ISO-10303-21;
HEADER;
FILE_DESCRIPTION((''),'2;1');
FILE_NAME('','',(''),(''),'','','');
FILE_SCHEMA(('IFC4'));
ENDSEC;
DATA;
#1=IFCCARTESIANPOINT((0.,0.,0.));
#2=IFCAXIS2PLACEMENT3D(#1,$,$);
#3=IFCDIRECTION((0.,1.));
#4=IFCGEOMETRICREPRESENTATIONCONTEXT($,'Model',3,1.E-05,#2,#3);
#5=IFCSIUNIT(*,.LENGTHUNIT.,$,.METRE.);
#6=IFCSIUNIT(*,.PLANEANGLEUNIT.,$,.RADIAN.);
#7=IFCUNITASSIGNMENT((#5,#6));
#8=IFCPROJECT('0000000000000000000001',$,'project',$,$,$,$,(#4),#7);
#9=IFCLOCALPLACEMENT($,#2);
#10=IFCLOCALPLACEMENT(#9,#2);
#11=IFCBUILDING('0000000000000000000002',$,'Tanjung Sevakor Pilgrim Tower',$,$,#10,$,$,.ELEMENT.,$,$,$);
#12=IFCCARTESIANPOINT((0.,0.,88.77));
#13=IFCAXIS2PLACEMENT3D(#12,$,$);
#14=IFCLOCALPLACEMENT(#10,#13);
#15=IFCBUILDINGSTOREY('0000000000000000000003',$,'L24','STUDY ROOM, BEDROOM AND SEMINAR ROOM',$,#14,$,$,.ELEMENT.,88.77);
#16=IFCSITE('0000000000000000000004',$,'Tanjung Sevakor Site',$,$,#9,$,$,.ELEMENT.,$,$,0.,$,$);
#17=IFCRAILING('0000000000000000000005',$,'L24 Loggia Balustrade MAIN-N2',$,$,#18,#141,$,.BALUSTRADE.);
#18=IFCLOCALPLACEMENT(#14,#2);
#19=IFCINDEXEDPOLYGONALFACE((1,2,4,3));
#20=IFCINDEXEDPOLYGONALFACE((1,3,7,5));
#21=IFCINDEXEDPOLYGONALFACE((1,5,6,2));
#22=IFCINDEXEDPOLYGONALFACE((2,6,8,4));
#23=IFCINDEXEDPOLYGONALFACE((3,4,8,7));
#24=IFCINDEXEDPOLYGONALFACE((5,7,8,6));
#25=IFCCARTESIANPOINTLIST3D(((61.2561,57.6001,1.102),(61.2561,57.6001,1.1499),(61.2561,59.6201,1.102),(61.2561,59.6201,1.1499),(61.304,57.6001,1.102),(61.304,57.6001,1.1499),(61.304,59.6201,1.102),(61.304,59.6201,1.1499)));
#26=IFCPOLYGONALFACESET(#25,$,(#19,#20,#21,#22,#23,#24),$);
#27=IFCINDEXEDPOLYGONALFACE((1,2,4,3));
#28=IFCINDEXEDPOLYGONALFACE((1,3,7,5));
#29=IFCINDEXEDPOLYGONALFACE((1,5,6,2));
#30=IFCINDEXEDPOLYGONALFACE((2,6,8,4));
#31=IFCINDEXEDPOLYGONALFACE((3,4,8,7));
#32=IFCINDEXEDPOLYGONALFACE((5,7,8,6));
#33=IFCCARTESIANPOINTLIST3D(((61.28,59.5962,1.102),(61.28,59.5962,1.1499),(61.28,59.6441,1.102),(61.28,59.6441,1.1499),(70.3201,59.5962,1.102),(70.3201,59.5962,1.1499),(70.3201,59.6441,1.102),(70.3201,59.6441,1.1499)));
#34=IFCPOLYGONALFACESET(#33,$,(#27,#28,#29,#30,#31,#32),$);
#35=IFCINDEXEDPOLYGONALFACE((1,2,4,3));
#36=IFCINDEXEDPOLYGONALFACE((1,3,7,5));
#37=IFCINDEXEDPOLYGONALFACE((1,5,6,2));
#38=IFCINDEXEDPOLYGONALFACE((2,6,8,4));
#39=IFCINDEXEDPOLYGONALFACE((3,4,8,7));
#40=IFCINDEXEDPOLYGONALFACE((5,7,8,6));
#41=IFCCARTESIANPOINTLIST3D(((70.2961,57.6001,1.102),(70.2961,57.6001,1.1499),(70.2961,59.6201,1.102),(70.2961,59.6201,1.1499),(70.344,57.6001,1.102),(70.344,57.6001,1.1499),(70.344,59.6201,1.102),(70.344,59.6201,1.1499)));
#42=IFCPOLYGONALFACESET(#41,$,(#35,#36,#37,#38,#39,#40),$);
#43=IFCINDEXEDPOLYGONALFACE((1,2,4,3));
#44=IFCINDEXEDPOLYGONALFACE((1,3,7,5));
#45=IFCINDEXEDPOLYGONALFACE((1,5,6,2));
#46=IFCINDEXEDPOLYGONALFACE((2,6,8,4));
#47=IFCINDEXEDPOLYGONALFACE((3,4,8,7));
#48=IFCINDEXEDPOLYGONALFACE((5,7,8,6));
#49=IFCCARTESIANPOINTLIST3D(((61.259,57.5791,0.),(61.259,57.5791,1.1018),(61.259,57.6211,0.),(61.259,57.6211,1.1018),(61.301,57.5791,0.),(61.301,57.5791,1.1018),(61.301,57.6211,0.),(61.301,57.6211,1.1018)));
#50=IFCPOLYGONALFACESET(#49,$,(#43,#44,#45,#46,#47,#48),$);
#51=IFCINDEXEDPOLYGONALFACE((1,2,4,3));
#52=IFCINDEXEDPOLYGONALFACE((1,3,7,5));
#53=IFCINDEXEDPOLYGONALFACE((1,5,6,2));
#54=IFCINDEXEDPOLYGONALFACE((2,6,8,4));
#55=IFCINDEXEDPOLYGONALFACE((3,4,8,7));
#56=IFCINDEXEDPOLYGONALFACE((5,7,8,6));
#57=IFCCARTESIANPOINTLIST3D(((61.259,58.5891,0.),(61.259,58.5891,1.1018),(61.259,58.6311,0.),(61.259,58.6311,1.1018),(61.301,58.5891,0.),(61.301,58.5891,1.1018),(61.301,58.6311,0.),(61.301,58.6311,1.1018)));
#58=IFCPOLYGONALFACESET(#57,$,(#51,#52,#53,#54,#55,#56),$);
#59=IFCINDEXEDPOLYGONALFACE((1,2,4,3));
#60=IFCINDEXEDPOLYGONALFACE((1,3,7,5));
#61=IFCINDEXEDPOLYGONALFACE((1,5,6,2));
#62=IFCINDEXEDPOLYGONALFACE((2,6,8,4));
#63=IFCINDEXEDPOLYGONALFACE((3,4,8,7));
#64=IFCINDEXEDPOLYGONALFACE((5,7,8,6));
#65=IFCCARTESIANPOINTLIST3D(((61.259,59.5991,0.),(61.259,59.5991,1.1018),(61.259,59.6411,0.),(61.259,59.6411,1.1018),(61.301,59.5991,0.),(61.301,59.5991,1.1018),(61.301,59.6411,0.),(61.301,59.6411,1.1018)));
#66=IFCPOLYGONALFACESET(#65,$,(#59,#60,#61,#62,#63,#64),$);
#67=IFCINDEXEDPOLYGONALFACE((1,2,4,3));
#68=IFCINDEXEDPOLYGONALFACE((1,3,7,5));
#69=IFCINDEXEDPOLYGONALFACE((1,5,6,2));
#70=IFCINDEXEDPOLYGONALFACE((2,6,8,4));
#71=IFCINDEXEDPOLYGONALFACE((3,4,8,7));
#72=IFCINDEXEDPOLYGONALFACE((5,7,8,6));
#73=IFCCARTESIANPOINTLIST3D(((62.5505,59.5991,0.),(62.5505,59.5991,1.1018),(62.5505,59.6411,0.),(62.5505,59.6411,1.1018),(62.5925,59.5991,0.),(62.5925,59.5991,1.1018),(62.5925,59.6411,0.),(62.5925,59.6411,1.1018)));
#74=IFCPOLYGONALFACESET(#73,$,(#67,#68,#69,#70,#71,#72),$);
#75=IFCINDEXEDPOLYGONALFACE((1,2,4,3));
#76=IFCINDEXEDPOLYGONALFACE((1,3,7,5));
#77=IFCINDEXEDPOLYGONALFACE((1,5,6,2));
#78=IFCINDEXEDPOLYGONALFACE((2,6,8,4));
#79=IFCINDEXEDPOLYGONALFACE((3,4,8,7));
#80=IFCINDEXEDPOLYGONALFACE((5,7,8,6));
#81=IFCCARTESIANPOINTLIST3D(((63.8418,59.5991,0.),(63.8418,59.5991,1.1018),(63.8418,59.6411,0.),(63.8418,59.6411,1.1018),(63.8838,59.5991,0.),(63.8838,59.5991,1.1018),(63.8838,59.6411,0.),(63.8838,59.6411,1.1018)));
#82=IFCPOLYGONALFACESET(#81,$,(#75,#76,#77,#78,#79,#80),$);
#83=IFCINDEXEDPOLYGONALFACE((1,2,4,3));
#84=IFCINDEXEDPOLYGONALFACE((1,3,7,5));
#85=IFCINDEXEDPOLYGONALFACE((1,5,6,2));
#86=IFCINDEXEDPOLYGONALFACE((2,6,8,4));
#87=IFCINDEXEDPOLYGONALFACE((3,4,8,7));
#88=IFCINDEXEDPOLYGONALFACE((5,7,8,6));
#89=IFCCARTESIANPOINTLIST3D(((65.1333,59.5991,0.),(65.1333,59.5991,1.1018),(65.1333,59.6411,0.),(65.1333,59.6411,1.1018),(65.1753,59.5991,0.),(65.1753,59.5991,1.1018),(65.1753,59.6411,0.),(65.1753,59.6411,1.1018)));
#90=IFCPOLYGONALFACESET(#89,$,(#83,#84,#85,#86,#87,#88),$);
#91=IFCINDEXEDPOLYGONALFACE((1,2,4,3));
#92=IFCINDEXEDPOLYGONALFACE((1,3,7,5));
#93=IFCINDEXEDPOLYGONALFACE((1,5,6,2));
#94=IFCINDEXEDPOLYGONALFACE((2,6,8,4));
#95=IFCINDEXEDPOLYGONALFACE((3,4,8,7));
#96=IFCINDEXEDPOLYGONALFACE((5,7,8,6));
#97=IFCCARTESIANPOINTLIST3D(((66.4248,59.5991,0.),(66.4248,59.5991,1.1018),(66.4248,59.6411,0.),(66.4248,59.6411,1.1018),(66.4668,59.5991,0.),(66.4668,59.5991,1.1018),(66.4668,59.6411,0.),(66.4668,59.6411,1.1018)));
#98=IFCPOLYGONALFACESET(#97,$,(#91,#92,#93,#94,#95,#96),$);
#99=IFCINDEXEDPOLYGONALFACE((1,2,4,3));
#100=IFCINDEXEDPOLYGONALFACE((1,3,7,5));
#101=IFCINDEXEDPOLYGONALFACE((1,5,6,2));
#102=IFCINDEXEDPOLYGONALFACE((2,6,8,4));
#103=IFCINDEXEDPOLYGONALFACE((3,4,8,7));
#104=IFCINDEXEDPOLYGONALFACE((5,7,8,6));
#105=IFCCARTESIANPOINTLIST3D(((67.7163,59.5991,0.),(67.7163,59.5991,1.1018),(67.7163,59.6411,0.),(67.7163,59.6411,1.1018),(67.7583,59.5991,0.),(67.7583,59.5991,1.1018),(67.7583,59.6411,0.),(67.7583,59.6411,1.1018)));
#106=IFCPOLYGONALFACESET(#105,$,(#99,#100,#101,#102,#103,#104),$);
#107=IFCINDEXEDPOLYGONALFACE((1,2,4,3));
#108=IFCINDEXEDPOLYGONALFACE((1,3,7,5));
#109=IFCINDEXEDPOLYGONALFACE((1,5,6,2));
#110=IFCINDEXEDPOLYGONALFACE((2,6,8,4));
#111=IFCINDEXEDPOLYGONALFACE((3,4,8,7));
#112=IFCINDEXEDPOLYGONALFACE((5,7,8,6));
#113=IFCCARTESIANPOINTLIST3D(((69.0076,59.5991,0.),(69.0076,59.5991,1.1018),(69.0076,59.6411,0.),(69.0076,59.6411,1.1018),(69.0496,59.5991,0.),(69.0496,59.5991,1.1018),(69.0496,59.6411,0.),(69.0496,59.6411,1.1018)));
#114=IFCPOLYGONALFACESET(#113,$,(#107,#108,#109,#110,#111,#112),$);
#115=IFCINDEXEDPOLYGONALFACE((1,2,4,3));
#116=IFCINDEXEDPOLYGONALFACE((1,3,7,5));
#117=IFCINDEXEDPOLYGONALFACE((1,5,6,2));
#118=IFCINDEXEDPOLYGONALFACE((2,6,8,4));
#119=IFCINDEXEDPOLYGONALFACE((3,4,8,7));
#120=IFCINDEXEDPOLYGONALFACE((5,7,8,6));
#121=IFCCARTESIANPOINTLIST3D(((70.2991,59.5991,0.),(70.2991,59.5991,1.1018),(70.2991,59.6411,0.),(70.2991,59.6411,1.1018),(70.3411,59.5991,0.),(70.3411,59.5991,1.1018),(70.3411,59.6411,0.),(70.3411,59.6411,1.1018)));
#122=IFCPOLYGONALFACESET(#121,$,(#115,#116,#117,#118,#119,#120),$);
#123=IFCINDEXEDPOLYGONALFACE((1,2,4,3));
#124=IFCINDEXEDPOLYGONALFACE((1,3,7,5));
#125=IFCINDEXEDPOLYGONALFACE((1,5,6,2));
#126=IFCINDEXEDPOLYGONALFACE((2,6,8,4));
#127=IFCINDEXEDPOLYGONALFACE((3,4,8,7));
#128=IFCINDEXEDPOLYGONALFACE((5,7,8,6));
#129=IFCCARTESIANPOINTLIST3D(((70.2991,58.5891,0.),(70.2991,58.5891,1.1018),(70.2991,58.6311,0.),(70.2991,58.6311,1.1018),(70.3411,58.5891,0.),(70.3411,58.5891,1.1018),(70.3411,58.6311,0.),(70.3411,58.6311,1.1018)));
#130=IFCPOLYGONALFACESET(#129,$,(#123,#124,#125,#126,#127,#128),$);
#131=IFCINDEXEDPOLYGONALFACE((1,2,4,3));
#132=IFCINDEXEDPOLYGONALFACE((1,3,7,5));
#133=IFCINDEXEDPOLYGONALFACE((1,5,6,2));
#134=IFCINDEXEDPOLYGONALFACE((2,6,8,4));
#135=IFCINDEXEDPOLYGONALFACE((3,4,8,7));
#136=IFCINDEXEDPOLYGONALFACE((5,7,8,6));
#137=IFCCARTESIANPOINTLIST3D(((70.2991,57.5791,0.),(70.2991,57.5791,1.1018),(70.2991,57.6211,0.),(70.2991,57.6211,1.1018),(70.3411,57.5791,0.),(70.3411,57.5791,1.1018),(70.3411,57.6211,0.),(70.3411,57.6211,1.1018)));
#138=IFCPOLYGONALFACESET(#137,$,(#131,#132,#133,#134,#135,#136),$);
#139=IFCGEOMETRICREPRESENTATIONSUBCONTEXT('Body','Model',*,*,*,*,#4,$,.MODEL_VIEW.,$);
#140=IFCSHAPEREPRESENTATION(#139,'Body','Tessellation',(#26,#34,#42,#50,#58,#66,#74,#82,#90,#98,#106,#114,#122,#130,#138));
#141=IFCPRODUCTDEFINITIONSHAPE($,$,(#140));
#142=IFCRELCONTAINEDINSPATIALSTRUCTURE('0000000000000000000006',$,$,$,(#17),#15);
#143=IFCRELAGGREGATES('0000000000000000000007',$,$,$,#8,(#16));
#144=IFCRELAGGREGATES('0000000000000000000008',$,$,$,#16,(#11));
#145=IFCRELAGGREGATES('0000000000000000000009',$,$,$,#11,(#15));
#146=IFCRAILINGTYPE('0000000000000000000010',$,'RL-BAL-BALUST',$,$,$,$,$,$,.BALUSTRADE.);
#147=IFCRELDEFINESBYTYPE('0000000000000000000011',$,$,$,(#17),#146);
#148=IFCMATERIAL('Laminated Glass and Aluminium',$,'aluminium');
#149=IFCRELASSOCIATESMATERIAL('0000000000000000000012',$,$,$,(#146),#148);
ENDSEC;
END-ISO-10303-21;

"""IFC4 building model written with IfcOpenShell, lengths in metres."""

from ifc_helpers import new_model, si_unit, direction, frame, origin, place, context, subcontext, project, spatial, rectangle, extrude, material, type_object, element, save


model = new_model("IFC4")

# Units and contexts
model_context = context("Model", 3, precision=1e-05, world=origin(), true_north=direction((0.0, 1.0)))
body_context = subcontext(model_context, "Body", "Model", "MODEL_VIEW")
ifc_project = project(units=[si_unit("LENGTHUNIT", "METRE"), si_unit("PLANEANGLEUNIT", "RADIAN")], contexts=[model_context])

# Site, building, storey
site_placement = place(None, origin())
site = spatial("IfcSite", under=ifc_project, at=site_placement, Name="Tanjung Sevakor Site", CompositionType="ELEMENT", RefElevation=0.0)
building_placement = place(site_placement, origin())
building = spatial("IfcBuilding", under=site, at=building_placement, Name="Tanjung Sevakor Pilgrim Tower", CompositionType="ELEMENT")
storey_placement = place(building_placement, frame((0.0, 0.0, 88.77)))
storey = spatial("IfcBuildingStorey", under=building, at=storey_placement, Name="L24", Description="STUDY ROOM, BEDROOM AND SEMINAR ROOM", CompositionType="ELEMENT", Elevation=88.77)

# Railing
ifc_material_1 = material(Name="Laminated Glass and Aluminium", Category="aluminium")
railing_type = type_object("IfcRailingType", Name="RL-BAL-BALUST", PredefinedType="BALUSTRADE", material=ifc_material_1)
railing_placement = place(storey_placement, frame((61.28, 57.6001, 0.0)))
element("IfcRailing", 1, at=railing_placement, inside=storey, type_object=railing_type, Name="L24 Loggia Balustrade MAIN-N2", PredefinedType="BALUSTRADE", context=body_context, shape_type="SweptSolid", body=[
    extrude(rectangle(XDim=0.0479, YDim=0.0479), frame((0.0, 0.0, 1.126), z_axis=(0.0, 1.0, 0.0), x_axis=(-1.0, 0.0, 0.0)), (0.0, 0.0, 1.0), 2.02),
    extrude(rectangle(XDim=0.0479, YDim=0.0479), frame((0.0, 2.02, 1.126), z_axis=(1.0, 0.0, 0.0), x_axis=(0.0, 1.0, 0.0)), (0.0, 0.0, 1.0), 9.04),
    extrude(rectangle(XDim=0.0479, YDim=0.0479), frame((9.04, 2.02, 1.126), z_axis=(0.0, -1.0, 0.0), x_axis=(1.0, 0.0, 0.0)), (0.0, 0.0, 1.0), 2.02),
    extrude(rectangle(XDim=0.042, YDim=0.042), origin(), (0.0, 0.0, 1.0), 1.1018),
    extrude(rectangle(XDim=0.042, YDim=0.042), frame((0.0, 1.01, 0.0)), (0.0, 0.0, 1.0), 1.1018),
    extrude(rectangle(XDim=0.042, YDim=0.042), frame((0.0, 2.02, 0.0)), (0.0, 0.0, 1.0), 1.1018),
    extrude(rectangle(XDim=0.042, YDim=0.042), frame((1.2915, 2.02, 0.0)), (0.0, 0.0, 1.0), 1.1018),
    extrude(rectangle(XDim=0.042, YDim=0.042), frame((2.5828, 2.02, 0.0)), (0.0, 0.0, 1.0), 1.1018),
    extrude(rectangle(XDim=0.042, YDim=0.042), frame((3.8743, 2.02, 0.0)), (0.0, 0.0, 1.0), 1.1018),
    extrude(rectangle(XDim=0.042, YDim=0.042), frame((5.1658, 2.02, 0.0)), (0.0, 0.0, 1.0), 1.1018),
    extrude(rectangle(XDim=0.042, YDim=0.042), frame((6.4573, 2.02, 0.0)), (0.0, 0.0, 1.0), 1.1018),
    extrude(rectangle(XDim=0.042, YDim=0.042), frame((7.7485, 2.02, 0.0)), (0.0, 0.0, 1.0), 1.1018),
    extrude(rectangle(XDim=0.042, YDim=0.042), frame((9.04, 2.02, 0.0)), (0.0, 0.0, 1.0), 1.1018),
    extrude(rectangle(XDim=0.042, YDim=0.042), frame((9.04, 1.01, 0.0)), (0.0, 0.0, 1.0), 1.1018),
    extrude(rectangle(XDim=0.042, YDim=0.042), frame((9.04, 0.0, 0.0)), (0.0, 0.0, 1.0), 1.1018),
])

save(model, "model.ifc")
